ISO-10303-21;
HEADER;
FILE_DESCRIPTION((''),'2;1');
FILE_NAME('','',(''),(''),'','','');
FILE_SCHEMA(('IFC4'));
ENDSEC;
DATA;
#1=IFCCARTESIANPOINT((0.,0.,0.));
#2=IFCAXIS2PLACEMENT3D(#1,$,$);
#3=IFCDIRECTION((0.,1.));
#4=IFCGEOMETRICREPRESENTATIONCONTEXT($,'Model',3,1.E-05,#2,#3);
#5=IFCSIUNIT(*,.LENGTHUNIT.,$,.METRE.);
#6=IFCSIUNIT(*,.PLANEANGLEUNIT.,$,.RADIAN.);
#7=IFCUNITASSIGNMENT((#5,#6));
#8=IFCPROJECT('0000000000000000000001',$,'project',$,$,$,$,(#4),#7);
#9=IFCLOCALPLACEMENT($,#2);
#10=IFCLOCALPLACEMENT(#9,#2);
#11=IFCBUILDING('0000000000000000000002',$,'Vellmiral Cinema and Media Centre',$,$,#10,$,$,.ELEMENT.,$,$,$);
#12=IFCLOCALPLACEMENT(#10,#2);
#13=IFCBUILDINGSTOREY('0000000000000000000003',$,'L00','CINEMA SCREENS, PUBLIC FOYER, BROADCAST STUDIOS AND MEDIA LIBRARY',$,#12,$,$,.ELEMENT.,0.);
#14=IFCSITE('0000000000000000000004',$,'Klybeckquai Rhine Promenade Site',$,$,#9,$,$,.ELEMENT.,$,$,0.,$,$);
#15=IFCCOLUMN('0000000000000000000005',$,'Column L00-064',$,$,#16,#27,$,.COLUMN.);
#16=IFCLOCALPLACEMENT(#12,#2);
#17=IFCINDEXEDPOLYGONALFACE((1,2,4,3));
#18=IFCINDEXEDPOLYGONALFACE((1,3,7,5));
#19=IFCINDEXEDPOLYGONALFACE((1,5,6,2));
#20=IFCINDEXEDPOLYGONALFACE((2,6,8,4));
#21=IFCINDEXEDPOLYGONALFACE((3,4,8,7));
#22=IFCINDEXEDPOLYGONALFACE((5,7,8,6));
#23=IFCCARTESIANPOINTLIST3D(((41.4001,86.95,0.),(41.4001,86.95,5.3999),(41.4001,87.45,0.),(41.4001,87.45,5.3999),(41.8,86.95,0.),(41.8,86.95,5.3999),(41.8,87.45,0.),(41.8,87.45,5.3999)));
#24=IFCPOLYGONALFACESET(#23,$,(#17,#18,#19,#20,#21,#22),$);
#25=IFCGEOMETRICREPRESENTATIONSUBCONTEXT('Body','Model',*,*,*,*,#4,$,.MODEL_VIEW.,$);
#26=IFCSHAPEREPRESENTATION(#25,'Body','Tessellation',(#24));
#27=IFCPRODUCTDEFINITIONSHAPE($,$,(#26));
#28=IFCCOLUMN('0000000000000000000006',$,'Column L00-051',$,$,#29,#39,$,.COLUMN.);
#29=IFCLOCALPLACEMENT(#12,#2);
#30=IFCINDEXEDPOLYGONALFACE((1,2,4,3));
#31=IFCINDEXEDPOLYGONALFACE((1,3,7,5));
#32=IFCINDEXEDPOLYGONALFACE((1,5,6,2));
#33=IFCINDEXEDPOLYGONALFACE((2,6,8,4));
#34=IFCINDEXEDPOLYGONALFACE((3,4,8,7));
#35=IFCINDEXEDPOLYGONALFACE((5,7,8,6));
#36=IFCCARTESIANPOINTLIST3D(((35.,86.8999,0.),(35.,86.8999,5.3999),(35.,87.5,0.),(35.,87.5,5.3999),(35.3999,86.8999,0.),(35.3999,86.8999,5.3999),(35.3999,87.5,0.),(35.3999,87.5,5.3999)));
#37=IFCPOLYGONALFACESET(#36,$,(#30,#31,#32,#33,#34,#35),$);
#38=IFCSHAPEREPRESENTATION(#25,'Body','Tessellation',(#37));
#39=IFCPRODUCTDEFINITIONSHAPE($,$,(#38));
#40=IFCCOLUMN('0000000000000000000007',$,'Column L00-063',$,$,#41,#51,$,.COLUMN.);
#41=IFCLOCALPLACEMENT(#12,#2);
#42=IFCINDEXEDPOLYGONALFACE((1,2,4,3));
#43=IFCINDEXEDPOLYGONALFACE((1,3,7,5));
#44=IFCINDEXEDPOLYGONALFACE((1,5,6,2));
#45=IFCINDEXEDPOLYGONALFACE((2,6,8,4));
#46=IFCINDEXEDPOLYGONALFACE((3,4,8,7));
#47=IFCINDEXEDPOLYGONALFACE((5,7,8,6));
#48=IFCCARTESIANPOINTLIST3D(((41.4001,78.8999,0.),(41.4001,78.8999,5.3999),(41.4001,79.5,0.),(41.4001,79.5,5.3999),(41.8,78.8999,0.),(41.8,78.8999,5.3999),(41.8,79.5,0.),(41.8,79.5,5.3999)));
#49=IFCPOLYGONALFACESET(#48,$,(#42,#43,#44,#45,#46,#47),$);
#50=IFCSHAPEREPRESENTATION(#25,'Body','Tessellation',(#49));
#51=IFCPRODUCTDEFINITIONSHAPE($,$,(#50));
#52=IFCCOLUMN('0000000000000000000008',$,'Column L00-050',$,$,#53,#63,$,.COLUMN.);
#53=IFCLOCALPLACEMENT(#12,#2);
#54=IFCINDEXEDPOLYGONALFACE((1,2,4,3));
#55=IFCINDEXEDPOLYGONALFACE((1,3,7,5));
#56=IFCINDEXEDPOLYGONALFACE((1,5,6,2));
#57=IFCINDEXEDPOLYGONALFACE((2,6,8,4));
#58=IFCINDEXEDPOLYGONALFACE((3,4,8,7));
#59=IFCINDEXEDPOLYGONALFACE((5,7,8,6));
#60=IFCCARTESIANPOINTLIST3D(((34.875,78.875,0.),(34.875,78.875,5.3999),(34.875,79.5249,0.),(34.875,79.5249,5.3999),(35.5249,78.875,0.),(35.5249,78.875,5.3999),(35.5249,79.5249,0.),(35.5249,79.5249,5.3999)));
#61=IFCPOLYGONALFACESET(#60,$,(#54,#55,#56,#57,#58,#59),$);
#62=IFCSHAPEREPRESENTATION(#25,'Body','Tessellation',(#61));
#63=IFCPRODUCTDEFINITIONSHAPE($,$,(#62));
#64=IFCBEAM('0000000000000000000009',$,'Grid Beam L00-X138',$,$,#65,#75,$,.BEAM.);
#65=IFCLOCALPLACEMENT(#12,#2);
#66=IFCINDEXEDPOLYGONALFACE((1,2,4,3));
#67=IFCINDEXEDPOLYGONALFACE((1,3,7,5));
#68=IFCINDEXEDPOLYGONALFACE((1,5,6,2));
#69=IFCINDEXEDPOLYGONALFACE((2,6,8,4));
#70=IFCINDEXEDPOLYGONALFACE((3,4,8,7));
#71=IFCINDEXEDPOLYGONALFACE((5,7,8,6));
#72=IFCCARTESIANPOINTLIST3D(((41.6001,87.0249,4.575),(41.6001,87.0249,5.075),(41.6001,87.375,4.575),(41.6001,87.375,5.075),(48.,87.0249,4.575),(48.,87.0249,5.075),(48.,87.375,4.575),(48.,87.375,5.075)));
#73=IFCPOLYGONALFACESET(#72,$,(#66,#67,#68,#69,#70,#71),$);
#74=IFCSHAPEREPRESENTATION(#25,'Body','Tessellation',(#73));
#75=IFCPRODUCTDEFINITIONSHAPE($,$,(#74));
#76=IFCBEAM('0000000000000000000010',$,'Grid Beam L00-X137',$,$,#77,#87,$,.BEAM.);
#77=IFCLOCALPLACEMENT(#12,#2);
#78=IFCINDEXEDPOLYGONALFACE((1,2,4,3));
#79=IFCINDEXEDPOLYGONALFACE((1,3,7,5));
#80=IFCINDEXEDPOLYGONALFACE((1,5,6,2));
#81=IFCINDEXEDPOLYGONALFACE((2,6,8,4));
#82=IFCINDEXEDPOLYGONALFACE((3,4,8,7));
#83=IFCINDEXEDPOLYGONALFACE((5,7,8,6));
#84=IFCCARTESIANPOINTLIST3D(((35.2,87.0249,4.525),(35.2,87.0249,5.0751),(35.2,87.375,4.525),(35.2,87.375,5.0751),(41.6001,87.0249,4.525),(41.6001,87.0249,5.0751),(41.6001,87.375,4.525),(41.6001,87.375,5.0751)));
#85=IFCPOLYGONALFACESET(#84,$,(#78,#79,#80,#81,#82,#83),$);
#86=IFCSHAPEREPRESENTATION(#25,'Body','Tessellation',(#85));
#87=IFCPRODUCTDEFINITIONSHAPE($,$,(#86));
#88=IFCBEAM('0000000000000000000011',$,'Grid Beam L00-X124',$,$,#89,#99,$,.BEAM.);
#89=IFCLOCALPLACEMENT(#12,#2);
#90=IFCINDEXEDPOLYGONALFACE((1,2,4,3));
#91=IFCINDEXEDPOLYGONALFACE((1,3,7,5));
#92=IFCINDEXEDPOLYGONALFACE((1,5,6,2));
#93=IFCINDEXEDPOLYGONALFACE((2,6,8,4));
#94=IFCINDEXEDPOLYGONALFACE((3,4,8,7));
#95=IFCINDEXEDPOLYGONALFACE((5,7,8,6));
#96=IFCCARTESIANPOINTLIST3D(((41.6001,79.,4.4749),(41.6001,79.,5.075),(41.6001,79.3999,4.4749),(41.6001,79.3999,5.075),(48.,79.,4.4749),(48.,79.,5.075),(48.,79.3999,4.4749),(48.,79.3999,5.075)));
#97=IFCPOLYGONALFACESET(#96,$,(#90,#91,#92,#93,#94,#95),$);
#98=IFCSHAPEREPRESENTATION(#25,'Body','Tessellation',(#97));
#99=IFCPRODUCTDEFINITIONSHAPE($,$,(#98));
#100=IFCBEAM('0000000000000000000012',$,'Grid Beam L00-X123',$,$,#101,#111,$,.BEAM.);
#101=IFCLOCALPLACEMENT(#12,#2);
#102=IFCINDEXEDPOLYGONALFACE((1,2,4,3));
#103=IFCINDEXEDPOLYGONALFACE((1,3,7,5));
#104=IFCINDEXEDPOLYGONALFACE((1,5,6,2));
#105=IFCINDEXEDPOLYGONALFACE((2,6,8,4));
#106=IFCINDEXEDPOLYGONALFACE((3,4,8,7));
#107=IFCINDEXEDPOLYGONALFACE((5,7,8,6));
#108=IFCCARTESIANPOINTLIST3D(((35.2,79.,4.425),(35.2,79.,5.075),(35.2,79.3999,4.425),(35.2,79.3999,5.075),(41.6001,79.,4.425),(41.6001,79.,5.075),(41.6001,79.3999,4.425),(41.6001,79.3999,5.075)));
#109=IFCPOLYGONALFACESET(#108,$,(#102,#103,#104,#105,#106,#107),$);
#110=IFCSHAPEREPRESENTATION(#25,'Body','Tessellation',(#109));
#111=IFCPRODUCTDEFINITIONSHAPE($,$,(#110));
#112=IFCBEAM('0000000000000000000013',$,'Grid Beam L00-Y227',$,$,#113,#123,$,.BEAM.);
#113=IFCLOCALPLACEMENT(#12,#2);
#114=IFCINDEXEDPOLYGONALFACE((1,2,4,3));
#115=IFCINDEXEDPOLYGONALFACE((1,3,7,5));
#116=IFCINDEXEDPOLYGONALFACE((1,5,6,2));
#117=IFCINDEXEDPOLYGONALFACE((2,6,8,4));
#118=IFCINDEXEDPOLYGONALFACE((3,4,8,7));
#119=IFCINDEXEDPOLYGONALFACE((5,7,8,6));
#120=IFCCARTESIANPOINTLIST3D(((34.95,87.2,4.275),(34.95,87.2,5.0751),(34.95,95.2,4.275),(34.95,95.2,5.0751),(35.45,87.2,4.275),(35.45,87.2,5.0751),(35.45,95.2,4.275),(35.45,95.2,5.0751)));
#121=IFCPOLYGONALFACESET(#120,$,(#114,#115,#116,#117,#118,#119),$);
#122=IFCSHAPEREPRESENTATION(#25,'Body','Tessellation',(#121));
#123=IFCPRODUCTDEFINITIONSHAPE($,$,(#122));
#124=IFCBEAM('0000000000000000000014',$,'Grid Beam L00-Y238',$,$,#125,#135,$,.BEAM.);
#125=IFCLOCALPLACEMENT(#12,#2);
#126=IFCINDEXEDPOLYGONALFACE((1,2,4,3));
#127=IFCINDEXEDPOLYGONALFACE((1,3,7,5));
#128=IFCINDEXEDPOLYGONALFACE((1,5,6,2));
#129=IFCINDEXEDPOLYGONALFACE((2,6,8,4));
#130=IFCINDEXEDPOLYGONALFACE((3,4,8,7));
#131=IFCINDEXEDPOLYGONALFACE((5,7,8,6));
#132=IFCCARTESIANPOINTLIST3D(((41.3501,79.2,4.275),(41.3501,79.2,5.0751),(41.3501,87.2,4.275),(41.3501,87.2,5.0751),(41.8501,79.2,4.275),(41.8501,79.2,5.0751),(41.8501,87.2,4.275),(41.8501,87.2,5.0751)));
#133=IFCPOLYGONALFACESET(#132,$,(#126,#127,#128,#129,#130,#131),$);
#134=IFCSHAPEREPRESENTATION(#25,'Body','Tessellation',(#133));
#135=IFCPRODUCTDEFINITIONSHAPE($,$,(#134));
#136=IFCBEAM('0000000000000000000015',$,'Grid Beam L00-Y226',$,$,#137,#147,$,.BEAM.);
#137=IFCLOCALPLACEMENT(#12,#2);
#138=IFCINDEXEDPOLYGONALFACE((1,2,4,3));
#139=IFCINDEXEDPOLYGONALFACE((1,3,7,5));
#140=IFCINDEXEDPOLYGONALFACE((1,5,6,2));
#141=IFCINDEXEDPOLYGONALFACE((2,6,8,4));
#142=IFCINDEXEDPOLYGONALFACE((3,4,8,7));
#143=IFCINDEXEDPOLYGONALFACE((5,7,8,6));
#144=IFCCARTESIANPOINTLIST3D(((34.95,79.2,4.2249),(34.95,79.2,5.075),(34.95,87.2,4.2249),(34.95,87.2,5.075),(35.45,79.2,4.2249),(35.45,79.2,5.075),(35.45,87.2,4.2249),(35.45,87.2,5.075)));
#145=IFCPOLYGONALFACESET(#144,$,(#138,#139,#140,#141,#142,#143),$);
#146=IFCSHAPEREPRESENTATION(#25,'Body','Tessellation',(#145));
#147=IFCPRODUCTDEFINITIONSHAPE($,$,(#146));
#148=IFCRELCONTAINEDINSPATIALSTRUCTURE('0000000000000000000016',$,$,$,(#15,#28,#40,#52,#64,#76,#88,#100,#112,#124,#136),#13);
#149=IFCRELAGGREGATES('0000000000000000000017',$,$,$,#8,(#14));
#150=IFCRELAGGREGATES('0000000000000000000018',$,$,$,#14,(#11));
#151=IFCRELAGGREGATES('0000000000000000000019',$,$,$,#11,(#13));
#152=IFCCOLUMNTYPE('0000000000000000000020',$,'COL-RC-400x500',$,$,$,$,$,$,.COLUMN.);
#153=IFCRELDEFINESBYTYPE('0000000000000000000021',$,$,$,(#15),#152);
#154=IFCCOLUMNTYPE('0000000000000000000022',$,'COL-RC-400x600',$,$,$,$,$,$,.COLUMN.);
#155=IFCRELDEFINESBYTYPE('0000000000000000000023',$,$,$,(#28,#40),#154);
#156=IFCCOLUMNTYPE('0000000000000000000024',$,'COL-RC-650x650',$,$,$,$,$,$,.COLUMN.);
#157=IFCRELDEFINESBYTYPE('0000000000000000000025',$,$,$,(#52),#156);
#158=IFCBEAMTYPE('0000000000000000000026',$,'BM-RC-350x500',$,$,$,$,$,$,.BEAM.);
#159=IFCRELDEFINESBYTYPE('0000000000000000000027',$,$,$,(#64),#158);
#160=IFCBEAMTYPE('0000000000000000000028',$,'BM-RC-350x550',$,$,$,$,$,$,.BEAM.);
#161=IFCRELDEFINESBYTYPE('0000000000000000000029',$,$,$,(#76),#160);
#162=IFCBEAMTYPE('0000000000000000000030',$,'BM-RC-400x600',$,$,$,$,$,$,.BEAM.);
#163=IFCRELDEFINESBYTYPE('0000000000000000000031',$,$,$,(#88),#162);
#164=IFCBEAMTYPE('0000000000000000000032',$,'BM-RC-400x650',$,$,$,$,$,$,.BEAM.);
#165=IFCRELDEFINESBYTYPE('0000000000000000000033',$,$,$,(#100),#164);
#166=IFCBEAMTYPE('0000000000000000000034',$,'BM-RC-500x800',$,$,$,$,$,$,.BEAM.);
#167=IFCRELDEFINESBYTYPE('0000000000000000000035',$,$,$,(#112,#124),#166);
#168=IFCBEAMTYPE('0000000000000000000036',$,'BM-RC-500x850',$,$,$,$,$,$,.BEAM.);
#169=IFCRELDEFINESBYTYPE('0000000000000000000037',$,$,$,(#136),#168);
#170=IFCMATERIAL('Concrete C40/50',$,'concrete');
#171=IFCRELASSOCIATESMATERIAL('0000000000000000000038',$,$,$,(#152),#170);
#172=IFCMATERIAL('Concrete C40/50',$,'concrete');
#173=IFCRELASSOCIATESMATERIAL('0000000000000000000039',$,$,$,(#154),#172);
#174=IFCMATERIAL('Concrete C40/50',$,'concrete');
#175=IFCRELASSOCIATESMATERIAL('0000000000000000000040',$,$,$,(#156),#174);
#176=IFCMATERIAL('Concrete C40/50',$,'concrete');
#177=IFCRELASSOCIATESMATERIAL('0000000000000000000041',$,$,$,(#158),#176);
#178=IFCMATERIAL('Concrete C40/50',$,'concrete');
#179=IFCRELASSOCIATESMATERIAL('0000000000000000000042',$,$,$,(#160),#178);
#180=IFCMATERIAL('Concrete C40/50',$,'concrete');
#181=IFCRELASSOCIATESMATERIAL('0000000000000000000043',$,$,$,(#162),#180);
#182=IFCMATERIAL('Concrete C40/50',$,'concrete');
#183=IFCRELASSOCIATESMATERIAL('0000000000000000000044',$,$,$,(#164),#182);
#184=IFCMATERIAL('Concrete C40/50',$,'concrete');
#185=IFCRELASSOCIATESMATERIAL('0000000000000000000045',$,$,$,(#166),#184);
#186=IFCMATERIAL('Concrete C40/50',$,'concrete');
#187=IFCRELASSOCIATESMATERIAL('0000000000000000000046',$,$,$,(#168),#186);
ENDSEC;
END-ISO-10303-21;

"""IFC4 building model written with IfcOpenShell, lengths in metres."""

from ifc_helpers import new_model, si_unit, direction, frame, origin, origin_2d, place, context, subcontext, project, spatial, rectangle, extrude, material, material_profile, profile_set, type_object, element, save


model = new_model("IFC4")

# Units and contexts
model_context = context("Model", 3, precision=1e-05, world=origin(), true_north=direction((0.0, 1.0)))
body_context = subcontext(model_context, "Body", "Model", "MODEL_VIEW")
ifc_project = project(units=[si_unit("LENGTHUNIT", "METRE"), si_unit("PLANEANGLEUNIT", "RADIAN")], contexts=[model_context])

# Site, building, storey
site_placement = place(None, origin())
site = spatial("IfcSite", under=ifc_project, at=site_placement, Name="Klybeckquai Rhine Promenade Site", CompositionType="ELEMENT", RefElevation=0.0)
building_placement = place(site_placement, origin())
building = spatial("IfcBuilding", under=site, at=building_placement, Name="Vellmiral Cinema and Media Centre", CompositionType="ELEMENT")
storey_placement = place(building_placement, origin())
storey = spatial("IfcBuildingStorey", under=building, at=storey_placement, Name="L00", Description="CINEMA SCREENS, PUBLIC FOYER, BROADCAST STUDIOS AND MEDIA LIBRARY", CompositionType="ELEMENT", Elevation=0.0)

# Columns
ifc_material_1 = material(Name="Concrete C40/50", Category="concrete")
ifc_material_profile_1 = material_profile(ifc_material_1, rectangle(XDim=0.3999, YDim=0.5, at=origin_2d()), Name="RC 400x500")
ifc_profile_set_1 = profile_set([ifc_material_profile_1], Name="Concrete C40/50")
column_type_1 = type_object("IfcColumnType", Name="COL-RC-400x500", PredefinedType="COLUMN", material=ifc_profile_set_1)
column_1_placement = place(storey_placement, frame((41.6001, 87.2, 0.0), z_axis=(0.0, 0.0, 1.0), x_axis=(1.0, 0.0, 0.0)))
element("IfcColumn", 1, at=column_1_placement, inside=storey, type_object=column_type_1, Name="Column L00-064", PredefinedType="COLUMN", context=body_context, shape_type="SweptSolid", body=[
    extrude(rectangle(XDim=0.3999, YDim=0.5, at=origin_2d()), origin(), (0.0, 0.0, 1.0), 5.3999),
])
ifc_material_2 = material(Name="Concrete C40/50", Category="concrete")
ifc_material_profile_2 = material_profile(ifc_material_2, rectangle(XDim=0.3999, YDim=0.6001, at=origin_2d()), Name="RC 400x600")
ifc_profile_set_2 = profile_set([ifc_material_profile_2], Name="Concrete C40/50")
column_type_2 = type_object("IfcColumnType", Name="COL-RC-400x600", PredefinedType="COLUMN", material=ifc_profile_set_2)
for number, where, z_axis, x_axis, name in (
    (2, (35.2, 87.2, 0.0), (0.0, 0.0, 1.0), (1.0, 0.0, 0.0), "Column L00-051"),
    (3, (41.6001, 79.2, 0.0), (0.0, 0.0, 1.0), (1.0, 0.0, 0.0), "Column L00-063"),
):
    element("IfcColumn", number, at=place(storey_placement, frame(where, z_axis=z_axis, x_axis=x_axis)), inside=storey, type_object=column_type_2, Name=name, PredefinedType="COLUMN", context=body_context, shape_type="SweptSolid", body=[
        extrude(rectangle(XDim=0.3999, YDim=0.6001, at=origin_2d()), origin(), (0.0, 0.0, 1.0), 5.3999),
    ])
ifc_material_3 = material(Name="Concrete C40/50", Category="concrete")
ifc_material_profile_3 = material_profile(ifc_material_3, rectangle(XDim=0.6499, YDim=0.6499, at=origin_2d()), Name="RC 650x650")
ifc_profile_set_3 = profile_set([ifc_material_profile_3], Name="Concrete C40/50")
column_type_3 = type_object("IfcColumnType", Name="COL-RC-650x650", PredefinedType="COLUMN", material=ifc_profile_set_3)
column_2_placement = place(storey_placement, frame((35.2, 79.2, 0.0), z_axis=(0.0, 0.0, 1.0), x_axis=(1.0, 0.0, 0.0)))
element("IfcColumn", 4, at=column_2_placement, inside=storey, type_object=column_type_3, Name="Column L00-050", PredefinedType="COLUMN", context=body_context, shape_type="SweptSolid", body=[
    extrude(rectangle(XDim=0.6499, YDim=0.6499, at=origin_2d()), origin(), (0.0, 0.0, 1.0), 5.3999),
])

# Beams
ifc_material_4 = material(Name="Concrete C40/50", Category="concrete")
ifc_material_profile_4 = material_profile(ifc_material_4, rectangle(XDim=0.3501, YDim=0.5, at=origin_2d()), Name="RC 350x500")
ifc_profile_set_4 = profile_set([ifc_material_profile_4], Name="Concrete C40/50")
beam_type_1 = type_object("IfcBeamType", Name="BM-RC-350x500", PredefinedType="BEAM", material=ifc_profile_set_4)
beam_1_placement = place(storey_placement, frame((41.6001, 87.2, 4.825), z_axis=(1.0, 0.0, 0.0), x_axis=(0.0, 1.0, 0.0)))
element("IfcBeam", 5, at=beam_1_placement, inside=storey, type_object=beam_type_1, Name="Grid Beam L00-X138", PredefinedType="BEAM", context=body_context, shape_type="SweptSolid", body=[
    extrude(rectangle(XDim=0.3501, YDim=0.5, at=origin_2d()), origin(), (0.0, 0.0, 1.0), 6.3999),
])
ifc_material_5 = material(Name="Concrete C40/50", Category="concrete")
ifc_material_profile_5 = material_profile(ifc_material_5, rectangle(XDim=0.3501, YDim=0.55, at=origin_2d()), Name="RC 350x550")
ifc_profile_set_5 = profile_set([ifc_material_profile_5], Name="Concrete C40/50")
beam_type_2 = type_object("IfcBeamType", Name="BM-RC-350x550", PredefinedType="BEAM", material=ifc_profile_set_5)
beam_2_placement = place(storey_placement, frame((35.2, 87.2, 4.8), z_axis=(1.0, 0.0, 0.0), x_axis=(0.0, 1.0, 0.0)))
element("IfcBeam", 6, at=beam_2_placement, inside=storey, type_object=beam_type_2, Name="Grid Beam L00-X137", PredefinedType="BEAM", context=body_context, shape_type="SweptSolid", body=[
    extrude(rectangle(XDim=0.3501, YDim=0.55, at=origin_2d()), origin(), (0.0, 0.0, 1.0), 6.4001),
])
ifc_material_6 = material(Name="Concrete C40/50", Category="concrete")
ifc_material_profile_6 = material_profile(ifc_material_6, rectangle(XDim=0.3999, YDim=0.6001, at=origin_2d()), Name="RC 400x600")
ifc_profile_set_6 = profile_set([ifc_material_profile_6], Name="Concrete C40/50")
beam_type_3 = type_object("IfcBeamType", Name="BM-RC-400x600", PredefinedType="BEAM", material=ifc_profile_set_6)
beam_3_placement = place(storey_placement, frame((41.6001, 79.2, 4.7749), z_axis=(1.0, 0.0, 0.0), x_axis=(0.0, 1.0, 0.0)))
element("IfcBeam", 7, at=beam_3_placement, inside=storey, type_object=beam_type_3, Name="Grid Beam L00-X124", PredefinedType="BEAM", context=body_context, shape_type="SweptSolid", body=[
    extrude(rectangle(XDim=0.3999, YDim=0.6001, at=origin_2d()), origin(), (0.0, 0.0, 1.0), 6.3999),
])
ifc_material_7 = material(Name="Concrete C40/50", Category="concrete")
ifc_material_profile_7 = material_profile(ifc_material_7, rectangle(XDim=0.3999, YDim=0.6499, at=origin_2d()), Name="RC 400x650")
ifc_profile_set_7 = profile_set([ifc_material_profile_7], Name="Concrete C40/50")
beam_type_4 = type_object("IfcBeamType", Name="BM-RC-400x650", PredefinedType="BEAM", material=ifc_profile_set_7)
beam_4_placement = place(storey_placement, frame((35.2, 79.2, 4.75), z_axis=(1.0, 0.0, 0.0), x_axis=(0.0, 1.0, 0.0)))
element("IfcBeam", 8, at=beam_4_placement, inside=storey, type_object=beam_type_4, Name="Grid Beam L00-X123", PredefinedType="BEAM", context=body_context, shape_type="SweptSolid", body=[
    extrude(rectangle(XDim=0.3999, YDim=0.6499, at=origin_2d()), origin(), (0.0, 0.0, 1.0), 6.4001),
])
ifc_material_8 = material(Name="Concrete C40/50", Category="concrete")
ifc_material_profile_8 = material_profile(ifc_material_8, rectangle(XDim=0.5, YDim=0.8, at=origin_2d()), Name="RC 500x800")
ifc_profile_set_8 = profile_set([ifc_material_profile_8], Name="Concrete C40/50")
beam_type_5 = type_object("IfcBeamType", Name="BM-RC-500x800", PredefinedType="BEAM", material=ifc_profile_set_8)
for number, where, z_axis, x_axis, name in (
    (9, (35.2, 87.2, 4.675), (0.0, 1.0, 0.0), (-1.0, 0.0, 0.0), "Grid Beam L00-Y227"),
    (10, (41.6001, 79.2, 4.675), (0.0, 1.0, 0.0), (-1.0, 0.0, 0.0), "Grid Beam L00-Y238"),
):
    element("IfcBeam", number, at=place(storey_placement, frame(where, z_axis=z_axis, x_axis=x_axis)), inside=storey, type_object=beam_type_5, Name=name, PredefinedType="BEAM", context=body_context, shape_type="SweptSolid", body=[
        extrude(rectangle(XDim=0.5, YDim=0.8, at=origin_2d()), origin(), (0.0, 0.0, 1.0), 8.0),
    ])
ifc_material_9 = material(Name="Concrete C40/50", Category="concrete")
ifc_material_profile_9 = material_profile(ifc_material_9, rectangle(XDim=0.5, YDim=0.8501, at=origin_2d()), Name="RC 500x850")
ifc_profile_set_9 = profile_set([ifc_material_profile_9], Name="Concrete C40/50")
beam_type_6 = type_object("IfcBeamType", Name="BM-RC-500x850", PredefinedType="BEAM", material=ifc_profile_set_9)
beam_5_placement = place(storey_placement, frame((35.2, 79.2, 4.6499), z_axis=(0.0, 1.0, 0.0), x_axis=(-1.0, 0.0, 0.0)))
element("IfcBeam", 11, at=beam_5_placement, inside=storey, type_object=beam_type_6, Name="Grid Beam L00-Y226", PredefinedType="BEAM", context=body_context, shape_type="SweptSolid", body=[
    extrude(rectangle(XDim=0.5, YDim=0.8501, at=origin_2d()), origin(), (0.0, 0.0, 1.0), 8.0),
])

save(model, "model.ifc")
